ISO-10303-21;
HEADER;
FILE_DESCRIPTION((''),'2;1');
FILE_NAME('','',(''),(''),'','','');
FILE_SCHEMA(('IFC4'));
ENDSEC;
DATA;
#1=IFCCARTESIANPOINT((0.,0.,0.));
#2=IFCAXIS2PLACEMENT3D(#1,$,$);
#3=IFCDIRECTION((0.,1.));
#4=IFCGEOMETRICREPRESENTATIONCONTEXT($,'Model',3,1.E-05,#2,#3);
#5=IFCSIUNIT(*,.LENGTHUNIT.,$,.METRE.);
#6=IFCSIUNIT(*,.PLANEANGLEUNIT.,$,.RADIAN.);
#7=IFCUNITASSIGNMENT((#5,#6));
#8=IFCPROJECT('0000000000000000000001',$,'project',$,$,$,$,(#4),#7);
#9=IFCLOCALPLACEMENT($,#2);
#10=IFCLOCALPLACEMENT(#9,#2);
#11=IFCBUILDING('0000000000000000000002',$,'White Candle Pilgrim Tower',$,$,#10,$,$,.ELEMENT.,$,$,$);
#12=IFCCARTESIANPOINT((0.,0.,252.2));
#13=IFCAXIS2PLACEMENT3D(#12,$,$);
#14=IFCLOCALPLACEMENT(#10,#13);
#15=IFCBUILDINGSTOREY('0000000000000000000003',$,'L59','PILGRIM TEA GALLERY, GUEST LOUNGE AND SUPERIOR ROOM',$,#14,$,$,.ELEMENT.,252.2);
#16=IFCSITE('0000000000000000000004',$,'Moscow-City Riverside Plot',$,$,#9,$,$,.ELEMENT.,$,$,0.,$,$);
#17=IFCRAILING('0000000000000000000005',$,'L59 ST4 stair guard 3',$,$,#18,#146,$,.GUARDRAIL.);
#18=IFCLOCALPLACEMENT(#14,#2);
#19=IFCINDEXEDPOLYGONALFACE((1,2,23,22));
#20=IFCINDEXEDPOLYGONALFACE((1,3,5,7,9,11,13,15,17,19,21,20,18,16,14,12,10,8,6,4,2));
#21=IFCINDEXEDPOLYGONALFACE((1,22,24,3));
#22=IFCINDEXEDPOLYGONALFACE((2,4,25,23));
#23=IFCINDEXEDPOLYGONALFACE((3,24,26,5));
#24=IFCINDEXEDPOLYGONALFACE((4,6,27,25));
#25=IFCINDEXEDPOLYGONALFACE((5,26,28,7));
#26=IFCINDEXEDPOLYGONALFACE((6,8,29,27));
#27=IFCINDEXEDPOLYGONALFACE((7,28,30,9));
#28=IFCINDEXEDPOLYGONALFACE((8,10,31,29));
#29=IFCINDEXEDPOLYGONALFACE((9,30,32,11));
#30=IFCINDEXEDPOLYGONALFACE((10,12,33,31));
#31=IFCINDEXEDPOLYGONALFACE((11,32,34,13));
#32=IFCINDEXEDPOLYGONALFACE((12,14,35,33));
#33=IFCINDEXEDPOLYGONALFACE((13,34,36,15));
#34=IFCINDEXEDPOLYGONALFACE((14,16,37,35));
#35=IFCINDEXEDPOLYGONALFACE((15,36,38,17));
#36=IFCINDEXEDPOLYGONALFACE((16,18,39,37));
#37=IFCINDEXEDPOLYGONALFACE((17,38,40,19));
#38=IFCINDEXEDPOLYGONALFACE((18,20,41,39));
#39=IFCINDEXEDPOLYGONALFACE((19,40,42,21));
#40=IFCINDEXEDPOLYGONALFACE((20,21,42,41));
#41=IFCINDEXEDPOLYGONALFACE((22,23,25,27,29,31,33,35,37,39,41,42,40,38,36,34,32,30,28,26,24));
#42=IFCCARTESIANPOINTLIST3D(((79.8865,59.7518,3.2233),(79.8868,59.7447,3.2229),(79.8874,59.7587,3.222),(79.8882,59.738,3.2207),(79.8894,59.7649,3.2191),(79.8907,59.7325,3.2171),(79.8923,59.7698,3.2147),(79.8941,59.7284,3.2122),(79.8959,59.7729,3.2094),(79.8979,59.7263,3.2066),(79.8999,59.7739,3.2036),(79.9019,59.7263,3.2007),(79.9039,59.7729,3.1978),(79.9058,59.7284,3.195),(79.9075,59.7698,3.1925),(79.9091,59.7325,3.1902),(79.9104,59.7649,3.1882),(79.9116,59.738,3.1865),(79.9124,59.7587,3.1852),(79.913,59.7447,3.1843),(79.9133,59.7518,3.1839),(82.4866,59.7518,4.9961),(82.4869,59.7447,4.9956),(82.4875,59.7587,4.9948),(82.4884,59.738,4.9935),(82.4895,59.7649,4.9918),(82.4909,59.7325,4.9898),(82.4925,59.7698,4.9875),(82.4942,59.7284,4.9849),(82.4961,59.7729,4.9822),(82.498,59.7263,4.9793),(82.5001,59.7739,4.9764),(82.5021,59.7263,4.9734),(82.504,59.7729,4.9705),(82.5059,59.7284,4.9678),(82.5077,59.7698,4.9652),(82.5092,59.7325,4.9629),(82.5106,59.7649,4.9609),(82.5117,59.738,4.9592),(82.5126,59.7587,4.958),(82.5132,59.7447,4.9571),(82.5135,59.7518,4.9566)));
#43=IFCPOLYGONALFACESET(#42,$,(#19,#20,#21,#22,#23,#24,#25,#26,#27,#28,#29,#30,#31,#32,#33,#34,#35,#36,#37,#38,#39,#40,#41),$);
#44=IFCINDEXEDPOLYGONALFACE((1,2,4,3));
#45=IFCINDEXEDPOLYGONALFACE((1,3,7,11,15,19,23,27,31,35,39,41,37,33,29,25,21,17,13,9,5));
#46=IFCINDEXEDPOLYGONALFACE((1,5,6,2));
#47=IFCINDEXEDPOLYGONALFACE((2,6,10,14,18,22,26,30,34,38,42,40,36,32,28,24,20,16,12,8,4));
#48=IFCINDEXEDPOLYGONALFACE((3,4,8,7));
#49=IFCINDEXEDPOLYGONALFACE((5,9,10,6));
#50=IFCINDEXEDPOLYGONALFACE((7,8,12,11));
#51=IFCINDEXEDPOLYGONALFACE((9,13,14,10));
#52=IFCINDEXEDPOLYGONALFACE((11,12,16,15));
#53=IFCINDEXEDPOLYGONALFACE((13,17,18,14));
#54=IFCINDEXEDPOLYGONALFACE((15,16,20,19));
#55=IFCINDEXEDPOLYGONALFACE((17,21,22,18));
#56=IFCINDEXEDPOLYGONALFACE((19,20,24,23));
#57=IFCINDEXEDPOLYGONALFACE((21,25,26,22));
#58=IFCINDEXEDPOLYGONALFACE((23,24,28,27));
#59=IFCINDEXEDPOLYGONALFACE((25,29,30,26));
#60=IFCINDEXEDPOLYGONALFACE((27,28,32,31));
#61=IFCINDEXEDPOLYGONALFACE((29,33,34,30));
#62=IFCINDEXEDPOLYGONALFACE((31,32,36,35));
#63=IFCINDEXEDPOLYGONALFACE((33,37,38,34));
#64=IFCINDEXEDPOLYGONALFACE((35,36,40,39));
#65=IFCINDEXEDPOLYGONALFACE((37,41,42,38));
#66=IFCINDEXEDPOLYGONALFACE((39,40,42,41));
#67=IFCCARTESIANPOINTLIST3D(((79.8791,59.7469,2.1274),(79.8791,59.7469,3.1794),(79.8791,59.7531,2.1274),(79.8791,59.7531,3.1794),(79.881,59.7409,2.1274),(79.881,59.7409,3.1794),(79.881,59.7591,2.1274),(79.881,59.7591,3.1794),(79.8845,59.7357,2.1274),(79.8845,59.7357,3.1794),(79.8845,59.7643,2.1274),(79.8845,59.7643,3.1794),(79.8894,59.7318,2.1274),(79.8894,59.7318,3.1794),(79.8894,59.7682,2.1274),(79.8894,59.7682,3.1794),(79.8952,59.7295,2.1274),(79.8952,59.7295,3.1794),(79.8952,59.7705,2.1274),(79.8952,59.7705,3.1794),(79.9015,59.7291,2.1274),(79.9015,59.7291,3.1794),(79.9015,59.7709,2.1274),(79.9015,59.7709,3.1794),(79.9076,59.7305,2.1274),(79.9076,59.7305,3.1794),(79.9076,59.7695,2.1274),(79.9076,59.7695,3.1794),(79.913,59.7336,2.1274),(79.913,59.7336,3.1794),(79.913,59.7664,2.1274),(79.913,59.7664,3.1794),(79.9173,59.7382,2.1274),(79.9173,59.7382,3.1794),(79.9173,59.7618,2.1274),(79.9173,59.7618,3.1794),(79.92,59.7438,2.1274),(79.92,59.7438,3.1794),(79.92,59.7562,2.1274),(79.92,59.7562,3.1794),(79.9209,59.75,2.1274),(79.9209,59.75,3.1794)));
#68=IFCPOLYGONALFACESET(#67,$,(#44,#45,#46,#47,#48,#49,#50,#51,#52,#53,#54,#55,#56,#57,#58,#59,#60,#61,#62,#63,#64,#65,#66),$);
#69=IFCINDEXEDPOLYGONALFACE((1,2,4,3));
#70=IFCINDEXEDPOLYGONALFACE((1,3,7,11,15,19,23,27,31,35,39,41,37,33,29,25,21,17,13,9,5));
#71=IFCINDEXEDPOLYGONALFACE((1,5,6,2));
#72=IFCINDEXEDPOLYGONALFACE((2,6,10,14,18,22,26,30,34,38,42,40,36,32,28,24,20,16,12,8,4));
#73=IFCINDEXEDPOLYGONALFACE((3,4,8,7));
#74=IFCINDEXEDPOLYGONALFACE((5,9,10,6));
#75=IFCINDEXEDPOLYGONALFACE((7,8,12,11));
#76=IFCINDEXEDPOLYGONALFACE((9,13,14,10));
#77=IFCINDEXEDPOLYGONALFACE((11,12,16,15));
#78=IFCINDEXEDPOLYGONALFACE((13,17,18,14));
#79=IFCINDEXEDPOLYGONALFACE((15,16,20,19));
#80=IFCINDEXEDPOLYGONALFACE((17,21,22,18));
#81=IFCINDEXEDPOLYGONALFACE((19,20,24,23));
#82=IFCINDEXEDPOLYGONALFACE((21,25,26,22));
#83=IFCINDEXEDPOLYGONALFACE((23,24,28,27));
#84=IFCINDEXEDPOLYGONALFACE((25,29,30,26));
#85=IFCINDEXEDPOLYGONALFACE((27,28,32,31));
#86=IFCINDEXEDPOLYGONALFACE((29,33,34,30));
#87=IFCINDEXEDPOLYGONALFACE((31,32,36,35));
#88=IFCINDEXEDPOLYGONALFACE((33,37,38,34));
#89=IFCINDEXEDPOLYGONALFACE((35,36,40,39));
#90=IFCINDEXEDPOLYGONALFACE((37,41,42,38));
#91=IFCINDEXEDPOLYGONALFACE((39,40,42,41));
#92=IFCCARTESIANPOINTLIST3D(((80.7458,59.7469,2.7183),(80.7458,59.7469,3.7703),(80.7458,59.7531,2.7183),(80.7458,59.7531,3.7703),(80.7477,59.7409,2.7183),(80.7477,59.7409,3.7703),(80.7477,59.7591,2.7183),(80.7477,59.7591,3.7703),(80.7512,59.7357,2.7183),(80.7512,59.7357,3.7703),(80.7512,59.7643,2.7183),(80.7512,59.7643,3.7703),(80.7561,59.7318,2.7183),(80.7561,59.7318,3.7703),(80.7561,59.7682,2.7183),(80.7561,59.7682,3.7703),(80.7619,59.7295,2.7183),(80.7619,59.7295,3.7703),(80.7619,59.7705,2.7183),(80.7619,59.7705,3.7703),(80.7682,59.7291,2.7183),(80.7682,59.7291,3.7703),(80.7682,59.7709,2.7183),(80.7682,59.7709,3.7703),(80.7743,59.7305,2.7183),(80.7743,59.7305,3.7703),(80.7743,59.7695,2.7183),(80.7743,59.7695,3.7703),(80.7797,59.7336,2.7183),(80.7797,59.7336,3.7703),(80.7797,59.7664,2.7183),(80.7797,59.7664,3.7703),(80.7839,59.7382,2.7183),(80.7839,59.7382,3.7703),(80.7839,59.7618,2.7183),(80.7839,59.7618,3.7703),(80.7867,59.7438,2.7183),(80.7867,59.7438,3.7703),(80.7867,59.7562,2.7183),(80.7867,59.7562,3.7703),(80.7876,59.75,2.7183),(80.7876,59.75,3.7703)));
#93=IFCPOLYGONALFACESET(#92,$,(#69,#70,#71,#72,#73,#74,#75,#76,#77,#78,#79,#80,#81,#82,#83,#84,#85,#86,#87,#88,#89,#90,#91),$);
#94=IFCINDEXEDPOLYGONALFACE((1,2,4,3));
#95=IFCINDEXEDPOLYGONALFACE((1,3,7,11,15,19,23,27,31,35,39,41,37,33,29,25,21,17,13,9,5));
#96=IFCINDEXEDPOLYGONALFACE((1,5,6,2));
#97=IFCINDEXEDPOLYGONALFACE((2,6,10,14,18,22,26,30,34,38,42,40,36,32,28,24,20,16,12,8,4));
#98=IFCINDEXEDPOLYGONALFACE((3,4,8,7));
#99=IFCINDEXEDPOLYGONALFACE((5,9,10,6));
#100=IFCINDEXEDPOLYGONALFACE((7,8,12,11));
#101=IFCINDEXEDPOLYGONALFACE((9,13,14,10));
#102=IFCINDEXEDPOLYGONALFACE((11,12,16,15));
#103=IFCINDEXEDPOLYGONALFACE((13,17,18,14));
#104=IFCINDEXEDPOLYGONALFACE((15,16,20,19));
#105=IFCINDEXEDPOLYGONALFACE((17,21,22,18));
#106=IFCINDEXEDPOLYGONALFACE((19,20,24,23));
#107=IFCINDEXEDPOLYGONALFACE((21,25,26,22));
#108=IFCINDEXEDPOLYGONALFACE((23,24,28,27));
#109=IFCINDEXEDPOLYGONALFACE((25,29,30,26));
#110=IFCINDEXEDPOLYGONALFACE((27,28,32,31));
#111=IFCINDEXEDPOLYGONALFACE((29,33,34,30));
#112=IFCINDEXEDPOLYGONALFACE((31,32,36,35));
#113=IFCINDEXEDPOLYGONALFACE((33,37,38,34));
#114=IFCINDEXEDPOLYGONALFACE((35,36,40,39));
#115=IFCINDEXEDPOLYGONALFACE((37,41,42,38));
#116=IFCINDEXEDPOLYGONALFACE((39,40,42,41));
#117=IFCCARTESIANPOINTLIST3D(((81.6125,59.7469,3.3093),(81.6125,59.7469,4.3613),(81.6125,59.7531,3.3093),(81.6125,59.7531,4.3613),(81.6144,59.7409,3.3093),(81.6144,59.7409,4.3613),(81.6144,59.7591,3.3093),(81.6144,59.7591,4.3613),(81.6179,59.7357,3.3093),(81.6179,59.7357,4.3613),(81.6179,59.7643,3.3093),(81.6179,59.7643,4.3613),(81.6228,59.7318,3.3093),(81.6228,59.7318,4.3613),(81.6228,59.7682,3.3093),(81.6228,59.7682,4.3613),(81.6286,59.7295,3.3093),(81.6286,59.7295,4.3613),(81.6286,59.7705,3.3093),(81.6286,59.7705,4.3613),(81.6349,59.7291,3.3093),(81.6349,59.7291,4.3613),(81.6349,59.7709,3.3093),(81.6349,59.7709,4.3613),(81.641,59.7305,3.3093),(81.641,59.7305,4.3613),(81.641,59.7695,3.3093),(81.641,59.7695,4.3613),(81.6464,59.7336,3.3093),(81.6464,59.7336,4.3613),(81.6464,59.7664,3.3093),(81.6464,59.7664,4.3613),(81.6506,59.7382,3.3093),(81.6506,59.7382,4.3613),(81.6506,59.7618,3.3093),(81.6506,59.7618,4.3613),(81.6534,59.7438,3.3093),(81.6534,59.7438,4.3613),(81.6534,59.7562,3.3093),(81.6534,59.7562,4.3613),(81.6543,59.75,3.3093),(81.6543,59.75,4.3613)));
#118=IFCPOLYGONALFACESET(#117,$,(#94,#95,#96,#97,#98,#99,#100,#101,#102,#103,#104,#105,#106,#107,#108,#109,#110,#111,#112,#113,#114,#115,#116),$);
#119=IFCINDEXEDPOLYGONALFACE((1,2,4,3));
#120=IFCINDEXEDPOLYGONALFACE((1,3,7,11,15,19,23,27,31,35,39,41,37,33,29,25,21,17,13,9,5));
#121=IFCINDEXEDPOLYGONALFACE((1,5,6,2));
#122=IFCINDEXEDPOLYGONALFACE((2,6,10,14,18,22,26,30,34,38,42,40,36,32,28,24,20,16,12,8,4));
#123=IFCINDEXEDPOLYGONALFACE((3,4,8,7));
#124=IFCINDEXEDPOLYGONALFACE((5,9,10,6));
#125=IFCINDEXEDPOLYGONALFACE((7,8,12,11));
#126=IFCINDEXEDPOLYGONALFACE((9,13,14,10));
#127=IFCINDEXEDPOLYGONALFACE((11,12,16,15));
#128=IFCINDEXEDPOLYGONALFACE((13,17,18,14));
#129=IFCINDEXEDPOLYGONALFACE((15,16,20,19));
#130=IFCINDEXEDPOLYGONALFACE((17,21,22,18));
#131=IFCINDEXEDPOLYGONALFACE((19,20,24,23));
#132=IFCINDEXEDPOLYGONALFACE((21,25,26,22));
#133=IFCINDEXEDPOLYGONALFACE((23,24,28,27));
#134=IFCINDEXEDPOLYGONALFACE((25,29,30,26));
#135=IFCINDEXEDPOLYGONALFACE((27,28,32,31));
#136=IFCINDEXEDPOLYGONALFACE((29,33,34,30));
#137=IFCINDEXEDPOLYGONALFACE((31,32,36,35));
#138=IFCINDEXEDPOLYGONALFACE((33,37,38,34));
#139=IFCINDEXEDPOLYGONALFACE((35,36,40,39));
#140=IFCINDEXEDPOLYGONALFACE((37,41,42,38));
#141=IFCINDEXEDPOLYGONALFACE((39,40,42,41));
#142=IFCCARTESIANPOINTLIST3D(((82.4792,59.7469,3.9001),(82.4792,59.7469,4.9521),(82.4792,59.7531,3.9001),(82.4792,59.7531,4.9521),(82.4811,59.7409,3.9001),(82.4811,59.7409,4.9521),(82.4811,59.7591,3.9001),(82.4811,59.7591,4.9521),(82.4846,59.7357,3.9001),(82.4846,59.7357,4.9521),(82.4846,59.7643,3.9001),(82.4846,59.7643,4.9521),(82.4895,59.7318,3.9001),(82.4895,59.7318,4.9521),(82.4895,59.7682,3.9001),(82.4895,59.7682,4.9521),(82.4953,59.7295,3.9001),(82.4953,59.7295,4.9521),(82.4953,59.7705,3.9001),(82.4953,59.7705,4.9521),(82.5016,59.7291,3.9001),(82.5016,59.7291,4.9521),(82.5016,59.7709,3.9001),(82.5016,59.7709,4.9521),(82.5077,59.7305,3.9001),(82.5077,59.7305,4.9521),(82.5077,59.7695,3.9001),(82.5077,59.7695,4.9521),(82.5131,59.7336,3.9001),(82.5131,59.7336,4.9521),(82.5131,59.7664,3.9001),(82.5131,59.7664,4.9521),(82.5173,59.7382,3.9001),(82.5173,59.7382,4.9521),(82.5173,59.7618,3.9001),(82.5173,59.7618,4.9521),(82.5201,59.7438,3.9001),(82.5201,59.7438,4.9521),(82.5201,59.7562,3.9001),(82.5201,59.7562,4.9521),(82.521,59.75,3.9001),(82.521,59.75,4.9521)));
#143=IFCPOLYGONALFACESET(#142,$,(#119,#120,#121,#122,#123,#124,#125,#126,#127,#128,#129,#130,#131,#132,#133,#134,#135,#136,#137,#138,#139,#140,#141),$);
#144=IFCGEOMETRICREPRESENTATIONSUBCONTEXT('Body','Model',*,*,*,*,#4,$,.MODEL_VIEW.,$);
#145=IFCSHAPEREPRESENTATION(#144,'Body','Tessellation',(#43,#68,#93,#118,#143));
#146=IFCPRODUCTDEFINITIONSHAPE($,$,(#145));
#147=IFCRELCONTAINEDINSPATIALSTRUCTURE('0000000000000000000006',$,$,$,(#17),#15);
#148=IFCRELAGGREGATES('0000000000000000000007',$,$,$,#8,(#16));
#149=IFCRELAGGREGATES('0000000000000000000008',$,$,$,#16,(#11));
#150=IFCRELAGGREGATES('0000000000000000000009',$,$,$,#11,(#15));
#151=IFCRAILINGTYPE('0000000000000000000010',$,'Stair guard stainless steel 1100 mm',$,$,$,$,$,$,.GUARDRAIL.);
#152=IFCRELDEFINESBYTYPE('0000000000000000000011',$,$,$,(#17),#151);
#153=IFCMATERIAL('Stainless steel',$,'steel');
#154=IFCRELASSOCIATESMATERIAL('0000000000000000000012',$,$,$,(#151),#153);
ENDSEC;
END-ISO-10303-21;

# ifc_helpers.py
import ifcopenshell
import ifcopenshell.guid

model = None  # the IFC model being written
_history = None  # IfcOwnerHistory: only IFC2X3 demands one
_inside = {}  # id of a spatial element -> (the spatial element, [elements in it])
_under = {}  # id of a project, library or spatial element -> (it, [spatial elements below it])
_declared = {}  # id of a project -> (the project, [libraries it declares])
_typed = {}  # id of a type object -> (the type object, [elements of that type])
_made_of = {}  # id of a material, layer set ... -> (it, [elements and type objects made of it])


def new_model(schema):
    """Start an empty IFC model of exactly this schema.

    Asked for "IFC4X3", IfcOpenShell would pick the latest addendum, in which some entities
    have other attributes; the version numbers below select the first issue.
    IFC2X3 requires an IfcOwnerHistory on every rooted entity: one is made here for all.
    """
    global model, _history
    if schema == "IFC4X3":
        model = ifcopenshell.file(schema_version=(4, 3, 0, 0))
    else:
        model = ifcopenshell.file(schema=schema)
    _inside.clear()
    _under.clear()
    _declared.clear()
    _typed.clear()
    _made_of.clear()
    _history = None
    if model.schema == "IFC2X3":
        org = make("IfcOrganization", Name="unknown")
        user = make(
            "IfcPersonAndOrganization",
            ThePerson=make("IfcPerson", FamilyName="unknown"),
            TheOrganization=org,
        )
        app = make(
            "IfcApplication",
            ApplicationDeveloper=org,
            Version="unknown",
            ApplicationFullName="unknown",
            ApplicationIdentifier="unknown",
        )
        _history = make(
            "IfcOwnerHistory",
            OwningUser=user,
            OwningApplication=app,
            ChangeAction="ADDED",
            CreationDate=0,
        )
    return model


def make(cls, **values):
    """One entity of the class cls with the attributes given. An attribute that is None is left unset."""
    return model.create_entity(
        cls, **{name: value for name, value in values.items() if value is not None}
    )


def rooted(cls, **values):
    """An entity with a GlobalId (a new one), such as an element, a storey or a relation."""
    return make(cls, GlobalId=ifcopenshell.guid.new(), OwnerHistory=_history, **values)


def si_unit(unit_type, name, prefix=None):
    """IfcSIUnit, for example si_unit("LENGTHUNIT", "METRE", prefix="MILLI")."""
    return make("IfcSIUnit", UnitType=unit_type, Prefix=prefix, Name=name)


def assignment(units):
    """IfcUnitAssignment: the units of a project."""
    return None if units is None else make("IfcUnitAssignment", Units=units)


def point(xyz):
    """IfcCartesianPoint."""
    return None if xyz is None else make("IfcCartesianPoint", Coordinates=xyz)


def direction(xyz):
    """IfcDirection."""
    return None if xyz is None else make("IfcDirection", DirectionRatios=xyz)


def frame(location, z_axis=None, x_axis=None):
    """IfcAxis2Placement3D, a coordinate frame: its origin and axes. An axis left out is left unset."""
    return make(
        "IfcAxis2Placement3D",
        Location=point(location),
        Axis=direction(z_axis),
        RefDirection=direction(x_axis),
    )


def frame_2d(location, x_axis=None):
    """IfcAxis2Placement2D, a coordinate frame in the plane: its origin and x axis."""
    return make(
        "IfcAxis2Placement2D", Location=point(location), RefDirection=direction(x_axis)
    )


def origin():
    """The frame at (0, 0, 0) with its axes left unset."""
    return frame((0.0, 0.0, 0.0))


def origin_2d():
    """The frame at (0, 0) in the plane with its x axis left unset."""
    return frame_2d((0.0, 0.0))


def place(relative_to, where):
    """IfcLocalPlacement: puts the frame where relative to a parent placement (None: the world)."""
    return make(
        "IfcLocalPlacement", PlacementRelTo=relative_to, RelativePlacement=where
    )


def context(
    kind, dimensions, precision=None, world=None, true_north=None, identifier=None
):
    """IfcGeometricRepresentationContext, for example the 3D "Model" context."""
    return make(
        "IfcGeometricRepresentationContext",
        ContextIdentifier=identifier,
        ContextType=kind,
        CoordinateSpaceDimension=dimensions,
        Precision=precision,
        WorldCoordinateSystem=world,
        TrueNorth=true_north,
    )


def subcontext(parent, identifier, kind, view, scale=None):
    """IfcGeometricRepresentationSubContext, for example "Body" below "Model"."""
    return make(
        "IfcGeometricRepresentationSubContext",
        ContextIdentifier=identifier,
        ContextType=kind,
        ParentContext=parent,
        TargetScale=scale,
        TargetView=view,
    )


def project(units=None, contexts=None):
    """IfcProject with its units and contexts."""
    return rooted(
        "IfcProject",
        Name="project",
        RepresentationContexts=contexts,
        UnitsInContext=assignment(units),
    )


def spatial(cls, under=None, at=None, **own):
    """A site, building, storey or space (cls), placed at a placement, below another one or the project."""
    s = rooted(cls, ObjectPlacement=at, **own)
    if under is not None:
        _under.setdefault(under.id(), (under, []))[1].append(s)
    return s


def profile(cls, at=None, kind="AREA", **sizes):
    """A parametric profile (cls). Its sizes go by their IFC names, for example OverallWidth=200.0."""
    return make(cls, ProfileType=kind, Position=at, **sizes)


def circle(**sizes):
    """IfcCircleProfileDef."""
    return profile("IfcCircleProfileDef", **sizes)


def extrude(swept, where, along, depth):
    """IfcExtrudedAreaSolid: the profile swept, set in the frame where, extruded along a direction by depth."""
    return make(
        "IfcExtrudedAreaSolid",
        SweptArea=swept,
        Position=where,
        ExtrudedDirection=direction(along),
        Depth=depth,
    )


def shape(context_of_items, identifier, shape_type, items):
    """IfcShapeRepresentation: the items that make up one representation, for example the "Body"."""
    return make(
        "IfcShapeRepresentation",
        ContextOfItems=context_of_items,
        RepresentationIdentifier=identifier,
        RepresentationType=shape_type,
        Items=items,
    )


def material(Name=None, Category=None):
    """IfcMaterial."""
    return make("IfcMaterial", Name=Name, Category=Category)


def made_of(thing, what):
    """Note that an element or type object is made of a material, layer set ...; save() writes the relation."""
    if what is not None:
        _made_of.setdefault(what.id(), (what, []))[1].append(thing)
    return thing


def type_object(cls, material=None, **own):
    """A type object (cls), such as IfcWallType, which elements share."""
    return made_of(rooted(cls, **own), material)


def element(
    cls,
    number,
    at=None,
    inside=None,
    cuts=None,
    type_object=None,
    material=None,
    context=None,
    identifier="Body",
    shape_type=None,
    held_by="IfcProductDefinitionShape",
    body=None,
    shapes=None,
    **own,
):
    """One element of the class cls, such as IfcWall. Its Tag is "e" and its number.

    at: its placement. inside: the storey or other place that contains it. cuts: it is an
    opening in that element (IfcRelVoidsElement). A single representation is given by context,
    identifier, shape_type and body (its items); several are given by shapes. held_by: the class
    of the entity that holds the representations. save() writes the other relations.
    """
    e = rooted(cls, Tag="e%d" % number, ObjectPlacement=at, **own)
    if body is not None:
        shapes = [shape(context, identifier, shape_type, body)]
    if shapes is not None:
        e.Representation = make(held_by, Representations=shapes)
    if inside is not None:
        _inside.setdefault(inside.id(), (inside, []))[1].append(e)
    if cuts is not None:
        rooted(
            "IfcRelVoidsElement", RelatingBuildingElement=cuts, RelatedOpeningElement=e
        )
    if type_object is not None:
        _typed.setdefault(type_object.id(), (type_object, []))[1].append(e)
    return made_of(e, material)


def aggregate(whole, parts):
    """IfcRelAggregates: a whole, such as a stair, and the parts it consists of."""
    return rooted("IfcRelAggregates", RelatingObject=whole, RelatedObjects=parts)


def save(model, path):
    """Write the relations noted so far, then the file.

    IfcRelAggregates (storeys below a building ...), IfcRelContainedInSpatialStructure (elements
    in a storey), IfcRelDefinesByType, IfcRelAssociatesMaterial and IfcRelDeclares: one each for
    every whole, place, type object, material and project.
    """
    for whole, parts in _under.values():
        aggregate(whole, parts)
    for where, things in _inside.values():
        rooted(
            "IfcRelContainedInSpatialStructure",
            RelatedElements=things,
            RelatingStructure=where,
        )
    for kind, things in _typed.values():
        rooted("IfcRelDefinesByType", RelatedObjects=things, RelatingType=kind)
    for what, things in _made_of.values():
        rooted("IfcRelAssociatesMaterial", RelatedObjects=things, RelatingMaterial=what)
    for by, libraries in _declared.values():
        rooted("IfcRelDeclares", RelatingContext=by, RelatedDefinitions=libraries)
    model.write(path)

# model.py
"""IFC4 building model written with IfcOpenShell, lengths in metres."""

from ifc_helpers import new_model, si_unit, direction, frame, origin, origin_2d, place, context, subcontext, project, spatial, circle, extrude, material, type_object, element, save


model = new_model("IFC4")

# Units and contexts
model_context = context("Model", 3, precision=1e-05, world=origin(), true_north=direction((0.0, 1.0)))
body_context = subcontext(model_context, "Body", "Model", "MODEL_VIEW")
ifc_project = project(units=[si_unit("LENGTHUNIT", "METRE"), si_unit("PLANEANGLEUNIT", "RADIAN")], contexts=[model_context])

# Site, building, storey
site_placement = place(None, origin())
site = spatial("IfcSite", under=ifc_project, at=site_placement, Name="Moscow-City Riverside Plot", CompositionType="ELEMENT", RefElevation=0.0)
building_placement = place(site_placement, origin())
building = spatial("IfcBuilding", under=site, at=building_placement, Name="White Candle Pilgrim Tower", CompositionType="ELEMENT")
storey_placement = place(building_placement, frame((0.0, 0.0, 252.2)))
storey = spatial("IfcBuildingStorey", under=building, at=storey_placement, Name="L59", Description="PILGRIM TEA GALLERY, GUEST LOUNGE AND SUPERIOR ROOM", CompositionType="ELEMENT", Elevation=252.2)

# Railing
ifc_material_1 = material(Name="Stainless steel", Category="steel")
railing_type_1 = type_object("IfcRailingType", Name="Stair guard stainless steel 1100 mm", PredefinedType="GUARDRAIL", material=ifc_material_1)
railing_1_placement = place(storey_placement, frame((79.8999, 59.75, 2.1274)))
element("IfcRailing", 1, at=railing_1_placement, inside=storey, type_object=railing_type_1, Name="L59 ST4 stair guard 3", PredefinedType="GUARDRAIL", context=body_context, shape_type="SweptSolid", body=[
    extrude(circle(Radius=0.0239, at=origin_2d()), frame((0.0, 0.0, 1.0762), z_axis=(0.82624, 0.0, 0.563318), x_axis=(0.0, 1.0, 0.0)), (0.0, 0.0, 1.0), 3.147),
    extrude(circle(Radius=0.021, at=origin_2d()), origin(), (0.0, 0.0, 1.0), 1.052),
    extrude(circle(Radius=0.021, at=origin_2d()), frame((0.8667, 0.0, 0.5908)), (0.0, 0.0, 1.0), 1.052),
    extrude(circle(Radius=0.021, at=origin_2d()), frame((1.7334, 0.0, 1.1819)), (0.0, 0.0, 1.0), 1.052),
    extrude(circle(Radius=0.021, at=origin_2d()), frame((2.6001, 0.0, 1.7727)), (0.0, 0.0, 1.0), 1.052),
])

save(model, "model.ifc")
